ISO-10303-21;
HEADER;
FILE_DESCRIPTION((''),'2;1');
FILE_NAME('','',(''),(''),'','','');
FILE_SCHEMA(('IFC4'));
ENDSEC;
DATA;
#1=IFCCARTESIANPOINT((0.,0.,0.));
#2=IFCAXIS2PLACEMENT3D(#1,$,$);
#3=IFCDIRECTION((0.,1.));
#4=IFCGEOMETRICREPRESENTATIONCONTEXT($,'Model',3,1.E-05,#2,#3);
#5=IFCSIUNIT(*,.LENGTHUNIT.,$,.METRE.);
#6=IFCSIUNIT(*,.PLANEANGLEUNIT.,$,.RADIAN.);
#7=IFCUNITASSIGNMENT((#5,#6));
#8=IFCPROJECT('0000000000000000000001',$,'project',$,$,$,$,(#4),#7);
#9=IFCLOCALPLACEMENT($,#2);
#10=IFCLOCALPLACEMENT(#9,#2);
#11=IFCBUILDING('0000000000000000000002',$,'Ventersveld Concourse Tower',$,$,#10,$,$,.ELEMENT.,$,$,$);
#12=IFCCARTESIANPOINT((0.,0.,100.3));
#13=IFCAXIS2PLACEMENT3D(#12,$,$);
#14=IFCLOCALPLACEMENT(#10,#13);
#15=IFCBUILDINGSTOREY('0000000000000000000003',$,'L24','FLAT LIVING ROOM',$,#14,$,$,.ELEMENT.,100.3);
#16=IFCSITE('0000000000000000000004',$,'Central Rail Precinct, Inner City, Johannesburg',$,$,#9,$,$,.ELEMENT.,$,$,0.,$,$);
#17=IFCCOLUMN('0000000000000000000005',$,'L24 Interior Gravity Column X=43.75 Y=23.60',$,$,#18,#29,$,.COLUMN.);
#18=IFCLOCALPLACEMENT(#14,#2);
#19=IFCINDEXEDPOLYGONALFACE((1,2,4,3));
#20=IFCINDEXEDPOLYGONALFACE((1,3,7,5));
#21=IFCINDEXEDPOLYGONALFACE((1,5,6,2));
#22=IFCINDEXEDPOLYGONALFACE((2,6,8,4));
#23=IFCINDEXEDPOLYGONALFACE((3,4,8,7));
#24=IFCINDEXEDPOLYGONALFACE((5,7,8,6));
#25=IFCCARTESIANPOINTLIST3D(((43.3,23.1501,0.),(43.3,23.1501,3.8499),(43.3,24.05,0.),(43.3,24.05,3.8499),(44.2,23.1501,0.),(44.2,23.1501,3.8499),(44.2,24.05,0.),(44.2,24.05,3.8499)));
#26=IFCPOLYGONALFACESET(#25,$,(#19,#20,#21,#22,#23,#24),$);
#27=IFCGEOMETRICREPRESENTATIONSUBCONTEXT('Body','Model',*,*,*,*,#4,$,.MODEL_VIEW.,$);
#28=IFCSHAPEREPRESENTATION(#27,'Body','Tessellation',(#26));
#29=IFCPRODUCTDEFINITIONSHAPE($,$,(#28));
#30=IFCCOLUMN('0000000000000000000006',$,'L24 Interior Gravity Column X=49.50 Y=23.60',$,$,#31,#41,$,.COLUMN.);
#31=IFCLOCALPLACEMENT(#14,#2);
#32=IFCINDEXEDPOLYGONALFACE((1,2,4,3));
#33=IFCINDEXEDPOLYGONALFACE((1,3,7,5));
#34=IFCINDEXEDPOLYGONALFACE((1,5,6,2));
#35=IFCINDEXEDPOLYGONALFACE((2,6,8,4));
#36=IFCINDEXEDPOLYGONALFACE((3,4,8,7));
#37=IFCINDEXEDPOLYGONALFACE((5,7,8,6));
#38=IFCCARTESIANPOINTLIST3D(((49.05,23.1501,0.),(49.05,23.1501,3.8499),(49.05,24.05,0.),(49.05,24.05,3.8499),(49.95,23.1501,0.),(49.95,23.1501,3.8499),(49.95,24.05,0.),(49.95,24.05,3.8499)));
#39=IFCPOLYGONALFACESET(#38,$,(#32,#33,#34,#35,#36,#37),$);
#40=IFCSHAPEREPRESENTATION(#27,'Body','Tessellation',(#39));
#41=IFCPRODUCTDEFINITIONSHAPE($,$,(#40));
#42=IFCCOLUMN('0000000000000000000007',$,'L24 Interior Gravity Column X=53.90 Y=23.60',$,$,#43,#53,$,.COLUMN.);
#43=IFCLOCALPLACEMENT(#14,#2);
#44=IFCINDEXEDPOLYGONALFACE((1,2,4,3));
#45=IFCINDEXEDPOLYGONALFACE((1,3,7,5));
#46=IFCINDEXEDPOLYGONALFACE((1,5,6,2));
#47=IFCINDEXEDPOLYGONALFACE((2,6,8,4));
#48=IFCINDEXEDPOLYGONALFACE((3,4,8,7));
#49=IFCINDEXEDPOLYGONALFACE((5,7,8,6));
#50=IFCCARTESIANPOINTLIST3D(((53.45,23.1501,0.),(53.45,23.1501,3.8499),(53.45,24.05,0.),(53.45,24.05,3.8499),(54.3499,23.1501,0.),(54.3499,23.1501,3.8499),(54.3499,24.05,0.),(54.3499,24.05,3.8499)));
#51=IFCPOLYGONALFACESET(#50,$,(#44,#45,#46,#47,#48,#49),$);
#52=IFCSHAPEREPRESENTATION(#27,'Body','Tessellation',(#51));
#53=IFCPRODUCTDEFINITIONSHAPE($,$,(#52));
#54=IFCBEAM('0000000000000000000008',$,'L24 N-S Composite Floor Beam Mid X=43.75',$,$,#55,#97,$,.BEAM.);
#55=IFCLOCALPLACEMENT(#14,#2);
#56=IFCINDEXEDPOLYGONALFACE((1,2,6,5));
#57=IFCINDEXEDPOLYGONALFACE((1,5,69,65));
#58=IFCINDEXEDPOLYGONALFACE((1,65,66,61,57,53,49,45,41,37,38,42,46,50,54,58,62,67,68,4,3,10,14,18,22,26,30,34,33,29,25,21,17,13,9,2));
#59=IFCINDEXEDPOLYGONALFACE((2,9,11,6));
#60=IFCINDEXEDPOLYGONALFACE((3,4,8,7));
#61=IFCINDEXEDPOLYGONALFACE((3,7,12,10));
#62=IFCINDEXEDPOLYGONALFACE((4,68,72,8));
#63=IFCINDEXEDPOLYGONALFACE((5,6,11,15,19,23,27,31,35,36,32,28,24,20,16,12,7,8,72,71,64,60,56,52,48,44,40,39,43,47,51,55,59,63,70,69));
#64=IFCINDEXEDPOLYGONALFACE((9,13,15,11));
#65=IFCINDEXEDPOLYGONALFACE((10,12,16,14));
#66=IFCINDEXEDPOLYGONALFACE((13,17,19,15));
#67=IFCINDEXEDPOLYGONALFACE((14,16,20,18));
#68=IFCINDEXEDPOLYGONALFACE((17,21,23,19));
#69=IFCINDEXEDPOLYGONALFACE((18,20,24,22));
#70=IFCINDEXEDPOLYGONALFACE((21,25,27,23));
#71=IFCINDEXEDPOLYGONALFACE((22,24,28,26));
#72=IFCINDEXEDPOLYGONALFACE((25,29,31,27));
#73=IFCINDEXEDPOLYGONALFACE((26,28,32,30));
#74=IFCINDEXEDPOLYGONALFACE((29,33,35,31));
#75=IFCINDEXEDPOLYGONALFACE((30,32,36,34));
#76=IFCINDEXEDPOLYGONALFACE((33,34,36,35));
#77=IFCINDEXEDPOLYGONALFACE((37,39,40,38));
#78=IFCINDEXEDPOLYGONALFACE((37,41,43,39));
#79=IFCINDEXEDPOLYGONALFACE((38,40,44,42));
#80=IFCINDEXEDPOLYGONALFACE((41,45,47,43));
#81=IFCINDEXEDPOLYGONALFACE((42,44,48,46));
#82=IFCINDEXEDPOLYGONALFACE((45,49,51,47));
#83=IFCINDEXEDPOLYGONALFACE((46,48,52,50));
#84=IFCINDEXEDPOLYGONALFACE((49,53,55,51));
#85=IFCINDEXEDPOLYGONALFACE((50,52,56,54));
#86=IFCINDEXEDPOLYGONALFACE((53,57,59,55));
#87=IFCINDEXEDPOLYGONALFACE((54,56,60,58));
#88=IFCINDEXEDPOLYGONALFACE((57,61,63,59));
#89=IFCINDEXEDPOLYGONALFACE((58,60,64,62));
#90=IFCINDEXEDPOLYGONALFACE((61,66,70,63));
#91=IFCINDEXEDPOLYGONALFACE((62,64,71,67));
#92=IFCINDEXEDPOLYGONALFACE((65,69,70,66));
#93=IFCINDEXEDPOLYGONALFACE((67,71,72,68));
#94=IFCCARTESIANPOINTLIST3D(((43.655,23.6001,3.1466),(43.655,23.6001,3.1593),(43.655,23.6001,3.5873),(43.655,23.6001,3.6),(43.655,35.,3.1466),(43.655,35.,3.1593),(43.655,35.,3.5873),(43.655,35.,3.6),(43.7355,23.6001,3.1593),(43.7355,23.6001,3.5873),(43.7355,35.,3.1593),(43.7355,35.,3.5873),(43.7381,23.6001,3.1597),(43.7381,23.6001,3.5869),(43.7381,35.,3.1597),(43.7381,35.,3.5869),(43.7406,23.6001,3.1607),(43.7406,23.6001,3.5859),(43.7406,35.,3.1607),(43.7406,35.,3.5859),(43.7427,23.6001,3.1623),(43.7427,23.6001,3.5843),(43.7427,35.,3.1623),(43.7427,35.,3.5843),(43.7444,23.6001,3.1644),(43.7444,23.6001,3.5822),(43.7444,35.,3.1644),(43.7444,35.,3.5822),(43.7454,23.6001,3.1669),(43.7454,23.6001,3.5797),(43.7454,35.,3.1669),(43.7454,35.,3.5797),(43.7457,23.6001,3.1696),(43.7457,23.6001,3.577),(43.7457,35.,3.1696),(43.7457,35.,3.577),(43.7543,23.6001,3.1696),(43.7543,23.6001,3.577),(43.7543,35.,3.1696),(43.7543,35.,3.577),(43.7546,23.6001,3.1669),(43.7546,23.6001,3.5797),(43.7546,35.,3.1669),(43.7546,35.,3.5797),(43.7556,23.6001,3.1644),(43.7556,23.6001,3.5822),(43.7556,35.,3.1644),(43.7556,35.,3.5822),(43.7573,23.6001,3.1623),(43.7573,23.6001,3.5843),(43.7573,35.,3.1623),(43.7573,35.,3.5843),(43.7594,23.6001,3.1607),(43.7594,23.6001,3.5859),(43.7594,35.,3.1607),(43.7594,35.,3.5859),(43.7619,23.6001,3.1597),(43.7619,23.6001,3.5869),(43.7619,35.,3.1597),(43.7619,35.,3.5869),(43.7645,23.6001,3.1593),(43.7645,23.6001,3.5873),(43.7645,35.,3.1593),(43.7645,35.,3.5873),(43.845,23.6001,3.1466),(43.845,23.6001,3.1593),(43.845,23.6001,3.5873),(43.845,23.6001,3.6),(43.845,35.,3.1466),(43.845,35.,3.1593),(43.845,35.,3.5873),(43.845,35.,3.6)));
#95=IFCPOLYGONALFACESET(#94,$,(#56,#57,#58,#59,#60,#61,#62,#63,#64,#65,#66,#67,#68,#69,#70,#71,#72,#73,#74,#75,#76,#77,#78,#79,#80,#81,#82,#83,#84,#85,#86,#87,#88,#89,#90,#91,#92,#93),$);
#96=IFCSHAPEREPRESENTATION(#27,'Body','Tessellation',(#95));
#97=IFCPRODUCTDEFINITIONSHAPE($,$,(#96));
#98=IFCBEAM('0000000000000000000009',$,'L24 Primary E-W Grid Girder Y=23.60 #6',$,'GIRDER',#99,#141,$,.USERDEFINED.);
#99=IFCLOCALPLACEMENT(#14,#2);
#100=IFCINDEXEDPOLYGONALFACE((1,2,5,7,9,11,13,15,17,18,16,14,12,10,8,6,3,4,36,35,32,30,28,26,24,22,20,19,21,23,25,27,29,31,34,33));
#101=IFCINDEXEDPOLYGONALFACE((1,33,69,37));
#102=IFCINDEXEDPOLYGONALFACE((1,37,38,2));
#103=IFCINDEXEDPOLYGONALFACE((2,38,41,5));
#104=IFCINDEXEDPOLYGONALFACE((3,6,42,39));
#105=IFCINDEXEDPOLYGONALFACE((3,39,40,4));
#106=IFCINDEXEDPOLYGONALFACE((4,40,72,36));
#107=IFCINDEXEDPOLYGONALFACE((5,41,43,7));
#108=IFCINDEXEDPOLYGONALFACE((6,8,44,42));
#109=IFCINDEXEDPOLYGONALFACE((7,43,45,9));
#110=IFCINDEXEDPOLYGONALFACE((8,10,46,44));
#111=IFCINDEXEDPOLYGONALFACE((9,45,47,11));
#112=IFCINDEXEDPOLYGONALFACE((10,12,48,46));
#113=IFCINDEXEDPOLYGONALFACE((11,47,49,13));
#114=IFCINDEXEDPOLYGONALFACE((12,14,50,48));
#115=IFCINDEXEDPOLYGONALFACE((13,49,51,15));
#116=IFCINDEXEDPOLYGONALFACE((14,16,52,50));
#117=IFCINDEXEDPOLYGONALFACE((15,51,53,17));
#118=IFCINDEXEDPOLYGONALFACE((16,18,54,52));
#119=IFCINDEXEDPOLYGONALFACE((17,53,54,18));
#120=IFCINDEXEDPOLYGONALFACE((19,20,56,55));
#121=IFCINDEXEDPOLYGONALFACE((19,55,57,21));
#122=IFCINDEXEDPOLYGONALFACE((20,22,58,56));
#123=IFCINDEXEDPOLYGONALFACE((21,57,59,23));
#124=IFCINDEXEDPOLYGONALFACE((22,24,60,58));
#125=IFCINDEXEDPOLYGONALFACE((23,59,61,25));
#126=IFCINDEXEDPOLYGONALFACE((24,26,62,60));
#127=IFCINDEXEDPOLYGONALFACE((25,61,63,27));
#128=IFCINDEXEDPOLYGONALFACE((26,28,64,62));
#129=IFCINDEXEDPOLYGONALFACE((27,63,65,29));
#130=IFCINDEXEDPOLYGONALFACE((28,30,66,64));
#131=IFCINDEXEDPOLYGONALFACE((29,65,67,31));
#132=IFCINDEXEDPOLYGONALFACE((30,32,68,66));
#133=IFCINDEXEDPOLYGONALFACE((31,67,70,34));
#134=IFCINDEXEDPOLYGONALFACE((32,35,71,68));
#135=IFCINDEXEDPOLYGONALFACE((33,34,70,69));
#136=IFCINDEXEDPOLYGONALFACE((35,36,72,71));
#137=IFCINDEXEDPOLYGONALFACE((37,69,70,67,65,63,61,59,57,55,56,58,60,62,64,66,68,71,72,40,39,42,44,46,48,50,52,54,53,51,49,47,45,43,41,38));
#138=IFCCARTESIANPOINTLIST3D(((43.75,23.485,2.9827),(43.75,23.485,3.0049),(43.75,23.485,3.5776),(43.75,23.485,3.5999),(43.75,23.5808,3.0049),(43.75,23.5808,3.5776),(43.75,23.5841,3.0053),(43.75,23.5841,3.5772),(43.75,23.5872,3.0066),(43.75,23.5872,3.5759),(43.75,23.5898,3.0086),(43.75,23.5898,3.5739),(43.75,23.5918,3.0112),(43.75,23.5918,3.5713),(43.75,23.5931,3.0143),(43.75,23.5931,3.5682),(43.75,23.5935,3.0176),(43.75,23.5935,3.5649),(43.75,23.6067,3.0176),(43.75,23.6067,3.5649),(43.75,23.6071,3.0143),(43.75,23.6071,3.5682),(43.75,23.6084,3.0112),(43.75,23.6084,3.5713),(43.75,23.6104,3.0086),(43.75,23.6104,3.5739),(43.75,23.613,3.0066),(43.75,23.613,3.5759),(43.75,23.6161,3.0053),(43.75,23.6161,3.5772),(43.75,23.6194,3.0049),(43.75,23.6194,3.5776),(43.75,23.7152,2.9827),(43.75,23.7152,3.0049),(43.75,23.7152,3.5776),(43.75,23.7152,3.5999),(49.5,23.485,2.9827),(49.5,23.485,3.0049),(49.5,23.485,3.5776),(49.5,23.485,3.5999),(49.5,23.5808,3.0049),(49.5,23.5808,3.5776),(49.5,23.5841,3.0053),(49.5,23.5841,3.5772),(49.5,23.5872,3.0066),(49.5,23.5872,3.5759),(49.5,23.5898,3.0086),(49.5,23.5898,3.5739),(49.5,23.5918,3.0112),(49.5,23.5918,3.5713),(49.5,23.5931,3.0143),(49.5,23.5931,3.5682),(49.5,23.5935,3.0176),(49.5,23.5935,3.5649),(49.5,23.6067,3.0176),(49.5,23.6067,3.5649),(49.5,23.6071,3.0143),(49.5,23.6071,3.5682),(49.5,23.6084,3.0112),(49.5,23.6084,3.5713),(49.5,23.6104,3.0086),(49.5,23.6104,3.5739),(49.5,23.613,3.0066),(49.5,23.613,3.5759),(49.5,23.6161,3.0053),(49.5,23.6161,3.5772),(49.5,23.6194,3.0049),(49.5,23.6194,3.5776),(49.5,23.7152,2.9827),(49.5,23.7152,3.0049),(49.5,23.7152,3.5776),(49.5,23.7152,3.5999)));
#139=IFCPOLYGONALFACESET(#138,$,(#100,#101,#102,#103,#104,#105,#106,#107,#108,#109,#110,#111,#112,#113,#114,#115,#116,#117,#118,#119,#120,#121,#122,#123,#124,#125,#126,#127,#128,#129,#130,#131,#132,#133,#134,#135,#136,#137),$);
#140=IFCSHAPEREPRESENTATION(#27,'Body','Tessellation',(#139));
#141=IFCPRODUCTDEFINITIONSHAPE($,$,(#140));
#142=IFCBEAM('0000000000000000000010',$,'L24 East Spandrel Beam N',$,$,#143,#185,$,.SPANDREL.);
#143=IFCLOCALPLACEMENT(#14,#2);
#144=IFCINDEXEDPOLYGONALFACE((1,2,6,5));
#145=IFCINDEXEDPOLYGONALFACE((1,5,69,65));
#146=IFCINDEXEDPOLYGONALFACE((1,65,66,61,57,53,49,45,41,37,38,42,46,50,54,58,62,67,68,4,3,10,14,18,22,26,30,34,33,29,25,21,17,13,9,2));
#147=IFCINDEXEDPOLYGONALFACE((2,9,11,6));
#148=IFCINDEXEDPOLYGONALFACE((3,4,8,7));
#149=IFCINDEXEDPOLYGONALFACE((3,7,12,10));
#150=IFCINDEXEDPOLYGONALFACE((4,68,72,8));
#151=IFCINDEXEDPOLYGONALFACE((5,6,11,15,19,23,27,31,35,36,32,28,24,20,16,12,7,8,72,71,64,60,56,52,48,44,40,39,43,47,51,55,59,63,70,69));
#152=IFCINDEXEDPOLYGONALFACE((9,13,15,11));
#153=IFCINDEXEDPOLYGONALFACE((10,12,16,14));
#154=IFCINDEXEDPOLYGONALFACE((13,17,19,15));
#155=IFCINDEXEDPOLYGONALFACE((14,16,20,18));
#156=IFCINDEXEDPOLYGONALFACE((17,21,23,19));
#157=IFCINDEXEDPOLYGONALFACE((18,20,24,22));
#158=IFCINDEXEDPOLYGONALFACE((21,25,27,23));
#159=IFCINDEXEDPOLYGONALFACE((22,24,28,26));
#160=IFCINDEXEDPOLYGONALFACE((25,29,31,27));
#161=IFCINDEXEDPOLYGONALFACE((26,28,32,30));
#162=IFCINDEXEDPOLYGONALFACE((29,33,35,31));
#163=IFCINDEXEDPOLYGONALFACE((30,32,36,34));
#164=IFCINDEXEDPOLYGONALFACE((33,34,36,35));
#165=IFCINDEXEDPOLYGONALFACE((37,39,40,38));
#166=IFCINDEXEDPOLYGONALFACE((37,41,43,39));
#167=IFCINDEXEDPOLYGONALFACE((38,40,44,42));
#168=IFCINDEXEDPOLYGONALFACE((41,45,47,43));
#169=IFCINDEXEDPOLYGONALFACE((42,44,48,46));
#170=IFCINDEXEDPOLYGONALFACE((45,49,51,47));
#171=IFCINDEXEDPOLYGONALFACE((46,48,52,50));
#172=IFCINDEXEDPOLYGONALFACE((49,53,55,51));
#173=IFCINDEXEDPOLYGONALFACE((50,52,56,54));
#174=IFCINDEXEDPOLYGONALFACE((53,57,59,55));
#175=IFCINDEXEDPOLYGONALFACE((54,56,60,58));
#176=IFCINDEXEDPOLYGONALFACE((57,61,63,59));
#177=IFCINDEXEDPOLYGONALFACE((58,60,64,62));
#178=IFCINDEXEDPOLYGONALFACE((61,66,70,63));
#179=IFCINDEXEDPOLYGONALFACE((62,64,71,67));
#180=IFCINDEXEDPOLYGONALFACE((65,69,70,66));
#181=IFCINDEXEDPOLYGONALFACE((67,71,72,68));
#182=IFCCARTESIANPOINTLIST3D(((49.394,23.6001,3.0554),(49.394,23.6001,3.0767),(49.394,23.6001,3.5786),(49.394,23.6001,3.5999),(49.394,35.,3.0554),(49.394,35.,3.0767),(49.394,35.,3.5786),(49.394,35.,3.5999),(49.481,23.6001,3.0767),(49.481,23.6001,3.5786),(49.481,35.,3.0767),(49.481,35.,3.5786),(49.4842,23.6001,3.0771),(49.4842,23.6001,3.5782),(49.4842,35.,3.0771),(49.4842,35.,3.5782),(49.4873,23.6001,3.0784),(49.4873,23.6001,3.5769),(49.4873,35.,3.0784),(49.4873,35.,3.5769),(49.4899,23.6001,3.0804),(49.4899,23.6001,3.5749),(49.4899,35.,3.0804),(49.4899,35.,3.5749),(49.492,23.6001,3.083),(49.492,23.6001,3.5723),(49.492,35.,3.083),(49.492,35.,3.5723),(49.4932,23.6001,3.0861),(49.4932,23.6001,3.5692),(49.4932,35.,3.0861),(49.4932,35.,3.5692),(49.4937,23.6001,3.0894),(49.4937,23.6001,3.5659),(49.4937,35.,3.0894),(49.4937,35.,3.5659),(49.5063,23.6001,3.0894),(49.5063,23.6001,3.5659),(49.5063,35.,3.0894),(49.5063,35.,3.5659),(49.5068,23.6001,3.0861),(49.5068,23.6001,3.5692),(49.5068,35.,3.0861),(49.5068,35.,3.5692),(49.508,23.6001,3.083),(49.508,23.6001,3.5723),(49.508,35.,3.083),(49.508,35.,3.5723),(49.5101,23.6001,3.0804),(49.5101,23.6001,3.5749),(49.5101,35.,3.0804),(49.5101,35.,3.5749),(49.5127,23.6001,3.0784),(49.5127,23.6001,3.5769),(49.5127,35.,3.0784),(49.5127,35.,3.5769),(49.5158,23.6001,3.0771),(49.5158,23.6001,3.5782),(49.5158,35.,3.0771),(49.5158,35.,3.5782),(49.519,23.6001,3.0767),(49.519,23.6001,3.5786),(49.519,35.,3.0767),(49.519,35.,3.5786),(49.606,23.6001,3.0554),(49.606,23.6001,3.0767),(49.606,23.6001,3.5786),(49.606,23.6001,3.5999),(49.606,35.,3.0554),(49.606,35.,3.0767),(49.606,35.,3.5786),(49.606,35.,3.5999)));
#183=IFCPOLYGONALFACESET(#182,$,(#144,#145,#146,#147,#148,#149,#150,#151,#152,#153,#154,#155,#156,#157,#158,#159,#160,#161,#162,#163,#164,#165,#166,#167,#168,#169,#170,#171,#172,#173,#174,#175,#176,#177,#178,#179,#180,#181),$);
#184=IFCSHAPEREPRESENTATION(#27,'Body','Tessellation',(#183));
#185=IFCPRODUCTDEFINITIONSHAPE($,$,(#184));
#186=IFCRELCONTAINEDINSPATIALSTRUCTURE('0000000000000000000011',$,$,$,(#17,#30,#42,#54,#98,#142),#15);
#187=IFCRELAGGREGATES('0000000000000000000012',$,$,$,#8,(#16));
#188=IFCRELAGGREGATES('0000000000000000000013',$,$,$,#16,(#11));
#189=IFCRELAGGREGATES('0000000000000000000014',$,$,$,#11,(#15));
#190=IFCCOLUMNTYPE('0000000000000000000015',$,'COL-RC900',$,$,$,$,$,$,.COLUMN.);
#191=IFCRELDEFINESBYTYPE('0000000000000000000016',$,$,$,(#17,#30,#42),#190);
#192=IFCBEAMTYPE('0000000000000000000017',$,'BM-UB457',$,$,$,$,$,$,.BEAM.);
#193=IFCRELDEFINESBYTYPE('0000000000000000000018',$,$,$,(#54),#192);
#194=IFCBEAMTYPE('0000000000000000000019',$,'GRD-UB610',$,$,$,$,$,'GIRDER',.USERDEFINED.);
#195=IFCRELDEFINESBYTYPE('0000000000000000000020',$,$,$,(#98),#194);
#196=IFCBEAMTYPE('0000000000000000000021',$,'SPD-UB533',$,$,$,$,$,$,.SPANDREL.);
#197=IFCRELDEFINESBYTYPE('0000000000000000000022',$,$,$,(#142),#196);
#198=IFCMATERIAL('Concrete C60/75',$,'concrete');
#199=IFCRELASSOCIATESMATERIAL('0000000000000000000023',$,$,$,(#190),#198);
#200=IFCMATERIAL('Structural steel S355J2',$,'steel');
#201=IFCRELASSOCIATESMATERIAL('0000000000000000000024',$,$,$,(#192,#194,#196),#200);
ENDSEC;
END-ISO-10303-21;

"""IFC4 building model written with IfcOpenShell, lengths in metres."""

from ifc_helpers import new_model, si_unit, direction, frame, origin, origin_2d, place, context, subcontext, project, spatial, rectangle, i_section, extrude, material, material_profile, profile_set, type_object, element, save


model = new_model("IFC4")

# Units and contexts
model_context = context("Model", 3, precision=1e-05, world=origin(), true_north=direction((0.0, 1.0)))
body_context = subcontext(model_context, "Body", "Model", "MODEL_VIEW")
ifc_project = project(units=[si_unit("LENGTHUNIT", "METRE"), si_unit("PLANEANGLEUNIT", "RADIAN")], contexts=[model_context])

# Site, building, storey
site_placement = place(None, origin())
site = spatial("IfcSite", under=ifc_project, at=site_placement, Name="Central Rail Precinct, Inner City, Johannesburg", CompositionType="ELEMENT", RefElevation=0.0)
building_placement = place(site_placement, origin())
building = spatial("IfcBuilding", under=site, at=building_placement, Name="Ventersveld Concourse Tower", CompositionType="ELEMENT")
storey_placement = place(building_placement, frame((0.0, 0.0, 100.3)))
storey = spatial("IfcBuildingStorey", under=building, at=storey_placement, Name="L24", Description="FLAT LIVING ROOM", CompositionType="ELEMENT", Elevation=100.3)

# Columns
ifc_material_1 = material(Name="Concrete C60/75", Category="concrete")
ifc_material_profile_1 = material_profile(ifc_material_1, rectangle(XDim=0.8999, YDim=0.8999, at=origin_2d()), Name="RC 900x900")
ifc_profile_set_1 = profile_set([ifc_material_profile_1], Name="Concrete C60/75")
column_type = type_object("IfcColumnType", Name="COL-RC900", PredefinedType="COLUMN", material=ifc_profile_set_1)
for number, where, z_axis, x_axis, name in (
    (1, (43.75, 23.6001, 0.0), (0.0, 0.0, 1.0), (1.0, 0.0, 0.0), "L24 Interior Gravity Column X=43.75 Y=23.60"),
    (2, (49.5, 23.6001, 0.0), (0.0, 0.0, 1.0), (1.0, 0.0, 0.0), "L24 Interior Gravity Column X=49.50 Y=23.60"),
    (3, (53.8999, 23.6001, 0.0), (0.0, 0.0, 1.0), (1.0, 0.0, 0.0), "L24 Interior Gravity Column X=53.90 Y=23.60"),
):
    element("IfcColumn", number, at=place(storey_placement, frame(where, z_axis=z_axis, x_axis=x_axis)), inside=storey, type_object=column_type, Name=name, PredefinedType="COLUMN", context=body_context, shape_type="SweptSolid", body=[
        extrude(rectangle(XDim=0.8999, YDim=0.8999, at=origin_2d()), origin(), (0.0, 0.0, 1.0), 3.8499),
    ])

# Beams
ifc_material_2 = material(Name="Structural steel S355J2", Category="steel")
ifc_material_profile_2 = material_profile(ifc_material_2, i_section(OverallWidth=0.1899, OverallDepth=0.4534, WebThickness=0.0085, FlangeThickness=0.0127, FilletRadius=0.0103, at=origin_2d()), Name="UB 457x191x67")
ifc_profile_set_2 = profile_set([ifc_material_profile_2], Name="Structural steel S355J2")
beam_type_1 = type_object("IfcBeamType", Name="BM-UB457", PredefinedType="BEAM", material=ifc_profile_set_2)
beam_1_placement = place(storey_placement, frame((43.75, 23.6001, 3.3733), z_axis=(0.0, 1.0, 0.0), x_axis=(-1.0, 0.0, 0.0)))
element("IfcBeam", 4, at=beam_1_placement, inside=storey, type_object=beam_type_1, Name="L24 N-S Composite Floor Beam Mid X=43.75", PredefinedType="BEAM", context=body_context, shape_type="SweptSolid", body=[
    extrude(i_section(OverallWidth=0.1899, OverallDepth=0.4534, WebThickness=0.0085, FlangeThickness=0.0127, FilletRadius=0.0103, at=origin_2d()), origin(), (0.0, 0.0, 1.0), 11.3999),
])
ifc_material_profile_3 = material_profile(ifc_material_2, i_section(OverallWidth=0.2302, OverallDepth=0.6172, WebThickness=0.0132, FlangeThickness=0.0222, FilletRadius=0.0127, at=origin_2d()), Name="UB 610x229x140")
ifc_profile_set_3 = profile_set([ifc_material_profile_3], Name="Structural steel S355J2")
beam_type_2 = type_object("IfcBeamType", Name="GRD-UB610", ElementType="GIRDER", PredefinedType="USERDEFINED", material=ifc_profile_set_3)
beam_2_placement = place(storey_placement, frame((43.75, 23.6001, 3.2913), z_axis=(1.0, 0.0, 0.0), x_axis=(0.0, 1.0, 0.0)))
element("IfcBeam", 5, at=beam_2_placement, inside=storey, type_object=beam_type_2, Name="L24 Primary E-W Grid Girder Y=23.60 #6", ObjectType="GIRDER", PredefinedType="USERDEFINED", context=body_context, shape_type="SweptSolid", body=[
    extrude(i_section(OverallWidth=0.2302, OverallDepth=0.6172, WebThickness=0.0132, FlangeThickness=0.0222, FilletRadius=0.0127, at=origin_2d()), origin(), (0.0, 0.0, 1.0), 5.75),
])
ifc_material_profile_4 = material_profile(ifc_material_2, i_section(OverallWidth=0.2119, OverallDepth=0.5444, WebThickness=0.0127, FlangeThickness=0.0212, FilletRadius=0.0127, at=origin_2d()), Name="UB 533x210x122")
ifc_profile_set_4 = profile_set([ifc_material_profile_4], Name="Structural steel S355J2")
beam_type_3 = type_object("IfcBeamType", Name="SPD-UB533", PredefinedType="SPANDREL", material=ifc_profile_set_4)
beam_3_placement = place(storey_placement, frame((49.5, 23.6001, 3.3276), z_axis=(0.0, 1.0, 0.0), x_axis=(-1.0, 0.0, 0.0)))
element("IfcBeam", 6, at=beam_3_placement, inside=storey, type_object=beam_type_3, Name="L24 East Spandrel Beam N", PredefinedType="SPANDREL", context=body_context, shape_type="SweptSolid", body=[
    extrude(i_section(OverallWidth=0.2119, OverallDepth=0.5444, WebThickness=0.0127, FlangeThickness=0.0212, FilletRadius=0.0127, at=origin_2d()), origin(), (0.0, 0.0, 1.0), 11.3999),
])

save(model, "model.ifc")
